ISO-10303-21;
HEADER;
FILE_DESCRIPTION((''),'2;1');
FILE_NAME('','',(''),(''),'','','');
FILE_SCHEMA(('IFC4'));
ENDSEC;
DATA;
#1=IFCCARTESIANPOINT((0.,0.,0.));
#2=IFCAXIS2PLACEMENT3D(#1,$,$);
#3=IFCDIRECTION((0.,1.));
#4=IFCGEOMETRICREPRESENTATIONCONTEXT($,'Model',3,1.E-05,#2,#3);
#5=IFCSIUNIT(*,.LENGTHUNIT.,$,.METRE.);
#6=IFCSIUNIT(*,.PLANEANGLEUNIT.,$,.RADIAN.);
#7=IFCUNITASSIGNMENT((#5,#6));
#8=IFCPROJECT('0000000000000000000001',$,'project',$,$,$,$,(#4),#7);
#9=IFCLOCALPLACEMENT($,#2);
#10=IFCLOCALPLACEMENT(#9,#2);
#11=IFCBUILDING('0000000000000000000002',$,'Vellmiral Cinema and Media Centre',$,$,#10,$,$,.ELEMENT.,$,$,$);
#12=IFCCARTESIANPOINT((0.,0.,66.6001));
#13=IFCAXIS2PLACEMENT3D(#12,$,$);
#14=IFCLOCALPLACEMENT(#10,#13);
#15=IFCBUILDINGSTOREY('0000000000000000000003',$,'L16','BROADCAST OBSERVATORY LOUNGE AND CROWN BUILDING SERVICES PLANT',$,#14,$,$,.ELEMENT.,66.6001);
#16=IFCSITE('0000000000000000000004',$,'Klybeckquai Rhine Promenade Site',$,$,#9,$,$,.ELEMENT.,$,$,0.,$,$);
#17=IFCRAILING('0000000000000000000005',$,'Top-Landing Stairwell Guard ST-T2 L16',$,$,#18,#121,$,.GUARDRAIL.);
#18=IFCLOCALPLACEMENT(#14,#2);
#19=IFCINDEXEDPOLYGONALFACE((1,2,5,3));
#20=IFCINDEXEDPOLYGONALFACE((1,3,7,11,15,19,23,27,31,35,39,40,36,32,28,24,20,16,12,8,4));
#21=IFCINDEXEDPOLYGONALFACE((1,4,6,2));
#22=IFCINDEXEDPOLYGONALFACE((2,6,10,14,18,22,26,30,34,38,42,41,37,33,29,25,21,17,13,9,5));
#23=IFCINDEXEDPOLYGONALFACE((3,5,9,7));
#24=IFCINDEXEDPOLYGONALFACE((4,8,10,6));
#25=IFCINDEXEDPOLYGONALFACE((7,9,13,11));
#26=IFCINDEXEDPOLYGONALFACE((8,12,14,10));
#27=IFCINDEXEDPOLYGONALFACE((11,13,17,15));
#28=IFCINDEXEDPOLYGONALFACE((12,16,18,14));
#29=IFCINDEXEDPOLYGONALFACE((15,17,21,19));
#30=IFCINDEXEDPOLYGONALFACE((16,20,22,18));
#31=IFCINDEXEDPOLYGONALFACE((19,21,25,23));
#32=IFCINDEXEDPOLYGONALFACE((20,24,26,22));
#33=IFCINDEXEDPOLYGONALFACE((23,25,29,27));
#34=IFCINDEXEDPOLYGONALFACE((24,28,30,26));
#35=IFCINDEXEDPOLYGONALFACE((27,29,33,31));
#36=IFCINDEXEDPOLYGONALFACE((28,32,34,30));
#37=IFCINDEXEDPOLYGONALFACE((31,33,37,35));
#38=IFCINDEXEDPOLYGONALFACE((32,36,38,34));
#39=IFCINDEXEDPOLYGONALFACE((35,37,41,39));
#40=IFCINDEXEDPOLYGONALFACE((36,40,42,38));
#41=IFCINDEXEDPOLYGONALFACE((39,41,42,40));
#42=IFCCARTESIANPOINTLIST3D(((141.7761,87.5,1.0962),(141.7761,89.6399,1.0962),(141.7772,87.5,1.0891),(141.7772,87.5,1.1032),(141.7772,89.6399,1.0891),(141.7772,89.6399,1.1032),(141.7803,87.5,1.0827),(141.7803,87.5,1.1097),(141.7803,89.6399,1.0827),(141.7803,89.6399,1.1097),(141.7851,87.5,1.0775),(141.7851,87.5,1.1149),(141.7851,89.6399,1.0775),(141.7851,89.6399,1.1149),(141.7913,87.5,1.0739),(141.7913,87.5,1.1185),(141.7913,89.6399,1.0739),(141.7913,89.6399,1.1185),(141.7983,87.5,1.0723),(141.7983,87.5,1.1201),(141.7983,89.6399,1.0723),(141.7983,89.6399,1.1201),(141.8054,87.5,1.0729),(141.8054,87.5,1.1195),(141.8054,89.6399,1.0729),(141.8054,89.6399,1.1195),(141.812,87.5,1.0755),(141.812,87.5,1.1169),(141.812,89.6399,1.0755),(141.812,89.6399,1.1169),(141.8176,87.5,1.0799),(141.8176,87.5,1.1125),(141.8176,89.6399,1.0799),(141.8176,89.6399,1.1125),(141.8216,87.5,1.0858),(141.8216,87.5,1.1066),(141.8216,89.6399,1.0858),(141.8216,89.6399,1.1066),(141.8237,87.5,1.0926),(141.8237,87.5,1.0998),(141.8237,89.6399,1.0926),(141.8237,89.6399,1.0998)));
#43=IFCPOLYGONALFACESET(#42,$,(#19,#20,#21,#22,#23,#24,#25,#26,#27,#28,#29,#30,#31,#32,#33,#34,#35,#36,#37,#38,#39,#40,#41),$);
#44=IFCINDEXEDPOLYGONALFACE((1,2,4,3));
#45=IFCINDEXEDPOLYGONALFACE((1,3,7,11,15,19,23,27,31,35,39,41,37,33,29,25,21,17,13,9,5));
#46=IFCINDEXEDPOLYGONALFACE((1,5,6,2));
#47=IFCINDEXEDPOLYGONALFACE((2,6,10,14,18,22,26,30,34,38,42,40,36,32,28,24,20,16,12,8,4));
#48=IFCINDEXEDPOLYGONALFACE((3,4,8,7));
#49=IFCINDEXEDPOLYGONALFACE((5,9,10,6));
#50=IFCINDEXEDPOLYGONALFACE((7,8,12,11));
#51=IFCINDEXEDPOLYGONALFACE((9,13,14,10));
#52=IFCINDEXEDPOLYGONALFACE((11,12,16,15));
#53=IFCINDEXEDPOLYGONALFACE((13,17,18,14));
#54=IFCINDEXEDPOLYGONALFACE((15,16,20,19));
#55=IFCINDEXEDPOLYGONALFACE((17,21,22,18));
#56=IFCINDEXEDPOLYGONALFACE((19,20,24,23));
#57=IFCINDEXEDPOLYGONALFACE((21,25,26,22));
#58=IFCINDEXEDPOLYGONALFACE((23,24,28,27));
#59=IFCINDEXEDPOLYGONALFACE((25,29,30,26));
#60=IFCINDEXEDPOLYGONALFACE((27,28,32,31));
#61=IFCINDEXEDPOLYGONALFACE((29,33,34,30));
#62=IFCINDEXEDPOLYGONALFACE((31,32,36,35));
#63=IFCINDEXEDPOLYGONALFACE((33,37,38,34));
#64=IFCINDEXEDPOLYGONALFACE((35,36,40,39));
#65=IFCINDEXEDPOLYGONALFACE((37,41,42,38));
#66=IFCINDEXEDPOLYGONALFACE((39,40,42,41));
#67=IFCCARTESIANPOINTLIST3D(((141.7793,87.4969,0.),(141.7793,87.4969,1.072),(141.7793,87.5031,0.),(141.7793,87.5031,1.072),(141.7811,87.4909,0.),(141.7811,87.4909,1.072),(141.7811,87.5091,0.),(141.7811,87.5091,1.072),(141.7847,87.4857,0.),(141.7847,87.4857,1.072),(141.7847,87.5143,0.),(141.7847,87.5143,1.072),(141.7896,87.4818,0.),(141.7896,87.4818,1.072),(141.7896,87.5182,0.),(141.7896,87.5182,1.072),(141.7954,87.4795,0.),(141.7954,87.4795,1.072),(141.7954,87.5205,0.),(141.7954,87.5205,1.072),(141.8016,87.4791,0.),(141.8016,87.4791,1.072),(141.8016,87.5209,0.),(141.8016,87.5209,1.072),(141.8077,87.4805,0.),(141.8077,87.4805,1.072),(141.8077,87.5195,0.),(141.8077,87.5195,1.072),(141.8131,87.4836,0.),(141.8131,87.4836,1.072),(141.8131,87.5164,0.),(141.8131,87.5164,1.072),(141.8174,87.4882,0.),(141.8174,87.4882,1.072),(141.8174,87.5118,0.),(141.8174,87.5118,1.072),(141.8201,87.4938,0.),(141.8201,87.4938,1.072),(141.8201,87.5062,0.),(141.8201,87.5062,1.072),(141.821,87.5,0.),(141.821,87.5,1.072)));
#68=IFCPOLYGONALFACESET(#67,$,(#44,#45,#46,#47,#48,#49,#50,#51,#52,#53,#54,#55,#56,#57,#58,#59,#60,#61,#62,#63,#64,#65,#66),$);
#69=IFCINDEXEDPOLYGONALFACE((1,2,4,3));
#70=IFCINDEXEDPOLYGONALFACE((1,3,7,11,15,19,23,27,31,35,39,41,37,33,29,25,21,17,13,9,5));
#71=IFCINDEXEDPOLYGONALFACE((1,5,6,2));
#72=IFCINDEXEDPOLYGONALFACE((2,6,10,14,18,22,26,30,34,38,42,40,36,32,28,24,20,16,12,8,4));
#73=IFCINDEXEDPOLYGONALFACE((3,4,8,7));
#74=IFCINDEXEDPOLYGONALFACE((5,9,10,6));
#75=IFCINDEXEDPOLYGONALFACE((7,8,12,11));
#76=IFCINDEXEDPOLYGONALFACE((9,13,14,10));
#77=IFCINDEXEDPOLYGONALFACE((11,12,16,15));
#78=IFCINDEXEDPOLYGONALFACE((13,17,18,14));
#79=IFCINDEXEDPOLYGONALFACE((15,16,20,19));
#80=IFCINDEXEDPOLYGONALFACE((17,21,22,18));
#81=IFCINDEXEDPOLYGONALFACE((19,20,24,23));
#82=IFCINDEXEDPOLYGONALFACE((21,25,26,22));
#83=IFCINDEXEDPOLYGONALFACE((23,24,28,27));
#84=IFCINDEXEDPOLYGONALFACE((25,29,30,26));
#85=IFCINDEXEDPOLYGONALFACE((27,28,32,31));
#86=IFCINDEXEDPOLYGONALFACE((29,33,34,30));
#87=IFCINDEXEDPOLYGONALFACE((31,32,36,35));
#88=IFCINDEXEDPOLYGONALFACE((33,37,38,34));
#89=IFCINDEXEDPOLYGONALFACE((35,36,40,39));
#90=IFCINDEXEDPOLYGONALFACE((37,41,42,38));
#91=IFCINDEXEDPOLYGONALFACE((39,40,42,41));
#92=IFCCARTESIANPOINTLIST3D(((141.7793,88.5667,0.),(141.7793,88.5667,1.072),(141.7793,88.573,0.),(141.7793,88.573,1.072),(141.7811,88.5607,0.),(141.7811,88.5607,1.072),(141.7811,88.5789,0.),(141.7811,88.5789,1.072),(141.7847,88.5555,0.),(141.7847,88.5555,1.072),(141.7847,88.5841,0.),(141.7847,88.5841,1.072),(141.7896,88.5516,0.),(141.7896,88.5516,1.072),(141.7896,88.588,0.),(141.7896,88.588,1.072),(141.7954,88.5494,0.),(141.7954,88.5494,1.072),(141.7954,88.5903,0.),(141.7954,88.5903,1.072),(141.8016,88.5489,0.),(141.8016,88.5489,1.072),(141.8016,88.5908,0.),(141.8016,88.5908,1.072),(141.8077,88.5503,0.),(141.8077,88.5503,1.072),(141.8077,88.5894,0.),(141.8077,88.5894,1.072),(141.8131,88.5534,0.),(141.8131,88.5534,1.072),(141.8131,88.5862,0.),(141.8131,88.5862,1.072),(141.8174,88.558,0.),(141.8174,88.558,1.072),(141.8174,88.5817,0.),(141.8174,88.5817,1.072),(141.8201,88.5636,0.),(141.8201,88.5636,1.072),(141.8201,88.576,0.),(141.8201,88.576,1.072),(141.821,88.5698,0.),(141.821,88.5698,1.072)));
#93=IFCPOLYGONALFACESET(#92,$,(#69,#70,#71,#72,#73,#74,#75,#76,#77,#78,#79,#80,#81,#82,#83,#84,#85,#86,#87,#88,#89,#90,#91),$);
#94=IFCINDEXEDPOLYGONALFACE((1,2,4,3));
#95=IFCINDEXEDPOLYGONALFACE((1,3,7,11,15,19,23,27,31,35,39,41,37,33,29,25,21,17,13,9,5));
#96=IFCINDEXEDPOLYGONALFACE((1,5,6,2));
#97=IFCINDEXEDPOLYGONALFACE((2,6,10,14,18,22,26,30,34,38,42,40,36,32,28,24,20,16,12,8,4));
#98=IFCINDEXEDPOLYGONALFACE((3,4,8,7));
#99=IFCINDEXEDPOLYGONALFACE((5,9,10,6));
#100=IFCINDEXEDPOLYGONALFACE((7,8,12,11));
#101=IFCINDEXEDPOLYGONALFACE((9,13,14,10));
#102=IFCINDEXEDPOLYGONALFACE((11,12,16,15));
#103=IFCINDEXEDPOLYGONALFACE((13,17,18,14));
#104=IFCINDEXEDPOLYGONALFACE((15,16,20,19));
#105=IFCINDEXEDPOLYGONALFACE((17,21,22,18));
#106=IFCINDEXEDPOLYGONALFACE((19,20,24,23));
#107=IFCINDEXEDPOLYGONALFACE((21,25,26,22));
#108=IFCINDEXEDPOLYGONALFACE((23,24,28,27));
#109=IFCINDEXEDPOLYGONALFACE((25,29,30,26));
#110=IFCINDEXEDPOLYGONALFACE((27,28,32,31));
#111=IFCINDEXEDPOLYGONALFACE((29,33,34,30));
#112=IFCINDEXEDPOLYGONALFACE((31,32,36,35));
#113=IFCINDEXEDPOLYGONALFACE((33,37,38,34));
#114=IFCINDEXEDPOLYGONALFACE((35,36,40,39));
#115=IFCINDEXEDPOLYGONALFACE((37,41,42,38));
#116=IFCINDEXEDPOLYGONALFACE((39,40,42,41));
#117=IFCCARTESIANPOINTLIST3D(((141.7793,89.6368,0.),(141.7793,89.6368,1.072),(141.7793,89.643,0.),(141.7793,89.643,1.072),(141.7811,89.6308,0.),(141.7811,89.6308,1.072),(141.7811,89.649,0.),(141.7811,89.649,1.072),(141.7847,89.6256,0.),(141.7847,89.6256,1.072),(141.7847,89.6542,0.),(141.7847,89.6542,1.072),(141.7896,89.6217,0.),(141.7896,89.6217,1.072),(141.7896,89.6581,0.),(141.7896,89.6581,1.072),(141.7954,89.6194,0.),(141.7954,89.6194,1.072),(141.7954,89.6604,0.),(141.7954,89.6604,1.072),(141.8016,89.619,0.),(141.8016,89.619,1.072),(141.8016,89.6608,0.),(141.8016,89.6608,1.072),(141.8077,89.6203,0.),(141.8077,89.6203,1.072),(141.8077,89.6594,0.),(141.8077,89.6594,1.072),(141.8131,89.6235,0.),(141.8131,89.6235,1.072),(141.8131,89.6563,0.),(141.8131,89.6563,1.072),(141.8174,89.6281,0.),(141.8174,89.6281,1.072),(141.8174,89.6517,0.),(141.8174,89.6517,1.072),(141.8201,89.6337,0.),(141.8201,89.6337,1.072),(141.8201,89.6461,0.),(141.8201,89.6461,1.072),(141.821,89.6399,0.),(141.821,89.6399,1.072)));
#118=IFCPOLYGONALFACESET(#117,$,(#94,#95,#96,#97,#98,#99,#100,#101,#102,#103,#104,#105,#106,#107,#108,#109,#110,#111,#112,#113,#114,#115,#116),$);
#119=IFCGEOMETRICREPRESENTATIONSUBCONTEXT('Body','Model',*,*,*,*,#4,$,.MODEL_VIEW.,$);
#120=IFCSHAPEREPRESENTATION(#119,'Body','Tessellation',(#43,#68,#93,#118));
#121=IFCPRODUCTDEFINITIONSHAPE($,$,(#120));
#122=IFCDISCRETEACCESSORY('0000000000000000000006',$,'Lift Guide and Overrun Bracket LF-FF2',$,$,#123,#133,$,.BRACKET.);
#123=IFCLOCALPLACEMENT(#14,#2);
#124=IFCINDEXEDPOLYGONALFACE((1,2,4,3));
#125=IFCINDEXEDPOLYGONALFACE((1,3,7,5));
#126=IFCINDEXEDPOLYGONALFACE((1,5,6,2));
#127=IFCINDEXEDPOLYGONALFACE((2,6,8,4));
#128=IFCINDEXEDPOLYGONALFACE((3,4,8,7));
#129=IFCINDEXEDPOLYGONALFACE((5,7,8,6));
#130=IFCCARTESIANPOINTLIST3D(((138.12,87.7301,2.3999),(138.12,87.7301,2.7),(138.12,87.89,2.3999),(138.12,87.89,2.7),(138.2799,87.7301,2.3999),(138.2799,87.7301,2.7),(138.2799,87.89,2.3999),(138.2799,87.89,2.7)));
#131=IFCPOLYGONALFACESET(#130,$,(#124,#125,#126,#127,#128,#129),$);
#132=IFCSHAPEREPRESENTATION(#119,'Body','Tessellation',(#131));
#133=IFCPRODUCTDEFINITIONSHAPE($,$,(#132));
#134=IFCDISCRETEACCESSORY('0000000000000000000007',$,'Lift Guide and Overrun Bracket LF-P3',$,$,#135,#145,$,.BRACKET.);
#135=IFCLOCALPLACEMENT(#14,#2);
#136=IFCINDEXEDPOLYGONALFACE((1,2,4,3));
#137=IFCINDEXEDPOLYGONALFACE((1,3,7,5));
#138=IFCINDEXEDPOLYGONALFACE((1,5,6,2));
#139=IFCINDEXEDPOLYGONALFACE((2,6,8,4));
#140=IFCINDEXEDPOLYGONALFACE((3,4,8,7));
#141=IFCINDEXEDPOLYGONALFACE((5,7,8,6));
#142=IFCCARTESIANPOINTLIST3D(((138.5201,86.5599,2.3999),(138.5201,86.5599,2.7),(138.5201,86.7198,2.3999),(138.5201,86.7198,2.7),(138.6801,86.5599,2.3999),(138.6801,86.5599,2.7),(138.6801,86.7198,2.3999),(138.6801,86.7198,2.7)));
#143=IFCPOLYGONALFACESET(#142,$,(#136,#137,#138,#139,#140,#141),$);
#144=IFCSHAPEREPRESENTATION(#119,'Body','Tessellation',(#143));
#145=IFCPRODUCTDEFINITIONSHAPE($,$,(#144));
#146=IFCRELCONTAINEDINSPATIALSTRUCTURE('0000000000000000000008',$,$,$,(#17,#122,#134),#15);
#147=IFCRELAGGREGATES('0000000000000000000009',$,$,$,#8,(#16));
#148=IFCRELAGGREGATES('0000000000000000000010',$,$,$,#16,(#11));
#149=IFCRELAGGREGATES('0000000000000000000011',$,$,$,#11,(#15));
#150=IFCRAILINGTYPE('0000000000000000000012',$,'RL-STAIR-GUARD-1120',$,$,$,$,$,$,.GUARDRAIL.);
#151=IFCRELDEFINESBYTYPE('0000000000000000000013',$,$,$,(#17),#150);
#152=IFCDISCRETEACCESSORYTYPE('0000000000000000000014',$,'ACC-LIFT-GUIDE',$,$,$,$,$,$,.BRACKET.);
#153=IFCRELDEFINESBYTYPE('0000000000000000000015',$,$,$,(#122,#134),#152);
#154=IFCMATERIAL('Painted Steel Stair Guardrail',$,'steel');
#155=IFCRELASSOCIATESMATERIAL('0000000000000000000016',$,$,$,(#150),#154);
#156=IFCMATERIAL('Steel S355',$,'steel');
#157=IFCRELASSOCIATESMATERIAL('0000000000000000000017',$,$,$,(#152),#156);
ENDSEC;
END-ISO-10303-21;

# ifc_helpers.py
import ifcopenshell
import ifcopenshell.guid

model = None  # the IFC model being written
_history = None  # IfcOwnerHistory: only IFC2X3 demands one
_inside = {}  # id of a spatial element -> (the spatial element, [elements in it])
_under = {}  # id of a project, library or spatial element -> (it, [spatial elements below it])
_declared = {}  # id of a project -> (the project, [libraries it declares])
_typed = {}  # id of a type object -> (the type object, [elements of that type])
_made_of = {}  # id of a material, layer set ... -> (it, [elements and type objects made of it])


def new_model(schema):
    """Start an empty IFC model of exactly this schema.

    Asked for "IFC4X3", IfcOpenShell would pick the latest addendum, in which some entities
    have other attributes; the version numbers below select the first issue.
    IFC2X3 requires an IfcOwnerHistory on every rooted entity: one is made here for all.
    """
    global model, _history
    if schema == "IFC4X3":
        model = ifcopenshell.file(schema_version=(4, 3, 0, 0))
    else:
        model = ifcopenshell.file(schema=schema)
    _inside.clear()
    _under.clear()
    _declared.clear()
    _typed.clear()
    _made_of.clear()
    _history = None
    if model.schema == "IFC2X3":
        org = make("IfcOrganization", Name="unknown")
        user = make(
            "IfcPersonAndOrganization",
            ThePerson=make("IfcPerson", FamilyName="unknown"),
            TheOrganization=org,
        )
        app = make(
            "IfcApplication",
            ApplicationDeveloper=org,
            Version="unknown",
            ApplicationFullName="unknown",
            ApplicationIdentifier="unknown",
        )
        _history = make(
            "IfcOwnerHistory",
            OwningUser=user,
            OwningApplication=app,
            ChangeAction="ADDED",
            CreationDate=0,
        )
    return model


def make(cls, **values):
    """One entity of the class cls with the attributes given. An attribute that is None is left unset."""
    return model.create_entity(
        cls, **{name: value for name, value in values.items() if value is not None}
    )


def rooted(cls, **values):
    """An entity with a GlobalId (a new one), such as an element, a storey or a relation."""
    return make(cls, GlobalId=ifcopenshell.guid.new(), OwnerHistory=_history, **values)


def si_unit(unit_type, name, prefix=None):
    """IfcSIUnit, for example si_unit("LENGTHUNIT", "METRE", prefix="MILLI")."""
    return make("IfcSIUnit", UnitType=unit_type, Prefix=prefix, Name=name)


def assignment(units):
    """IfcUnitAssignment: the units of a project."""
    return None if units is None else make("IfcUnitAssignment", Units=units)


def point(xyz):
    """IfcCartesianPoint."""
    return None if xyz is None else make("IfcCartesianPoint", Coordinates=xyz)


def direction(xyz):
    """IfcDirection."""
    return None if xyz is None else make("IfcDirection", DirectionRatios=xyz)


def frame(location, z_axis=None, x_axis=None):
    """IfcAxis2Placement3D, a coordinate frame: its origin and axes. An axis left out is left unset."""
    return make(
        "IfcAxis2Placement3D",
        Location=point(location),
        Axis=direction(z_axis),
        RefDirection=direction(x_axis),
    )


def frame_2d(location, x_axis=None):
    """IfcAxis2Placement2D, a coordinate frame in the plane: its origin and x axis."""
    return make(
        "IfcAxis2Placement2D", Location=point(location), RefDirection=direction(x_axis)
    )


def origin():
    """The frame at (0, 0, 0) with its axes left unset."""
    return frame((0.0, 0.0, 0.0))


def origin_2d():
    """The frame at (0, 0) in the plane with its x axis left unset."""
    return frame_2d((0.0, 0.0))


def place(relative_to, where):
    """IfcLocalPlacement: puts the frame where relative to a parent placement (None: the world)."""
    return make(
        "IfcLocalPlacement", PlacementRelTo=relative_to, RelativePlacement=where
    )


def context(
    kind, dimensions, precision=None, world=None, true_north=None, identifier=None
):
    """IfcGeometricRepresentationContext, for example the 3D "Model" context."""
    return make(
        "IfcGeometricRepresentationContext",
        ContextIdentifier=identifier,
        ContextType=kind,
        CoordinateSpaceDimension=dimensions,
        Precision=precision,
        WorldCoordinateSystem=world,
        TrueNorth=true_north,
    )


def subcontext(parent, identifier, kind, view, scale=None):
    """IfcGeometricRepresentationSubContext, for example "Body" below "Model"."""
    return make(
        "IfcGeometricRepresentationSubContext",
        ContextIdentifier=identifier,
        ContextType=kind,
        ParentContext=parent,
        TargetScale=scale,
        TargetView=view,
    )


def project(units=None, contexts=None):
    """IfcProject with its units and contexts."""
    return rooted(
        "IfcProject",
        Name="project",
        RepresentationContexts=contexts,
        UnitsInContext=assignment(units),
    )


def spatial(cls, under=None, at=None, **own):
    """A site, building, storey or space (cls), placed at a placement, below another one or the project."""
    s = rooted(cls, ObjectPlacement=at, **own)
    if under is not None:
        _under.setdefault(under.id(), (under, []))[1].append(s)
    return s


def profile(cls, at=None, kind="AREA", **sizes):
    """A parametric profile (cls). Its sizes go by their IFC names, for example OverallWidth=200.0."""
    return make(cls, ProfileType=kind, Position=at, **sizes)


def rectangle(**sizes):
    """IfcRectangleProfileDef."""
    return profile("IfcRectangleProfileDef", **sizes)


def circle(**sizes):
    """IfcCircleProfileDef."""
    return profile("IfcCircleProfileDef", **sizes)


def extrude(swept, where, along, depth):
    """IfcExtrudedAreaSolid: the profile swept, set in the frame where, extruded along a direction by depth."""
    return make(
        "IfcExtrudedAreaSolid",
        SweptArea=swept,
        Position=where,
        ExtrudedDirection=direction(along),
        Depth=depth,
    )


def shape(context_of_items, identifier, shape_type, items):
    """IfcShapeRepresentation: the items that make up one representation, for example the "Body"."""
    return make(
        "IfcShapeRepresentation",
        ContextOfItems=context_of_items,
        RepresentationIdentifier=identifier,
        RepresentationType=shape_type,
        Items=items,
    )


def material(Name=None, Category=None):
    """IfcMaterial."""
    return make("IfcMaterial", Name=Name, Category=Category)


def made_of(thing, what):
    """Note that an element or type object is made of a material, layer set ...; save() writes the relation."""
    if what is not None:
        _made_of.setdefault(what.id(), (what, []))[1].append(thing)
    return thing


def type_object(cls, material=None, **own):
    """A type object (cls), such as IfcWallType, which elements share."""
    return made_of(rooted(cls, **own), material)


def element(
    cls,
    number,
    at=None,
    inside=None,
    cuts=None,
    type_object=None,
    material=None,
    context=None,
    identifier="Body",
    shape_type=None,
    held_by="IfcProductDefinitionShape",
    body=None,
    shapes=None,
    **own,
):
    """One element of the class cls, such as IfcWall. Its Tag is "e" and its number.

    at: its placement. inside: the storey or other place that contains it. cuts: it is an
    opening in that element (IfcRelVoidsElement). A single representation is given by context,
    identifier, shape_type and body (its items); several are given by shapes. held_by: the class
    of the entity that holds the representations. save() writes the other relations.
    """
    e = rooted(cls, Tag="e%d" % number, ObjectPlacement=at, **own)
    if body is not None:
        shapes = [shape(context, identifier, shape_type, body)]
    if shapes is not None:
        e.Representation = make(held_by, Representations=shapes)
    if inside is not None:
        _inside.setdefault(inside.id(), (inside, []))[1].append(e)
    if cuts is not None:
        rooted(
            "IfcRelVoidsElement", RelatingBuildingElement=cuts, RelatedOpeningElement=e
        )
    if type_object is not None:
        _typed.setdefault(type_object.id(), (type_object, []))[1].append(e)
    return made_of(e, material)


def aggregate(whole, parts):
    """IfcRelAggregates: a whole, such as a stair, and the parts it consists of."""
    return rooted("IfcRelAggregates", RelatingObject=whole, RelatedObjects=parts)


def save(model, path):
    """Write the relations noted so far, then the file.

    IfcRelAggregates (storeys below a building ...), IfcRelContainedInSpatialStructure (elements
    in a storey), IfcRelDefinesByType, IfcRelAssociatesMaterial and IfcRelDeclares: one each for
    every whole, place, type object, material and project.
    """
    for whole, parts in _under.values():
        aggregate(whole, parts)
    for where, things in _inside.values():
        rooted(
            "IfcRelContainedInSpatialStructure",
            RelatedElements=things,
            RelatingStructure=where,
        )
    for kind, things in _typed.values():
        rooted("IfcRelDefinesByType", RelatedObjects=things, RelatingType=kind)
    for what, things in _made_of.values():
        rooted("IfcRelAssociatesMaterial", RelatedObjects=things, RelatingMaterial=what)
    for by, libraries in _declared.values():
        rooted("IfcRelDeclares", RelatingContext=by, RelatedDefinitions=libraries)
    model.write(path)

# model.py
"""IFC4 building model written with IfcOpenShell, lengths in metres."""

from ifc_helpers import new_model, si_unit, direction, frame, origin, origin_2d, place, context, subcontext, project, spatial, rectangle, circle, extrude, material, type_object, element, save


model = new_model("IFC4")

# Units and contexts
model_context = context("Model", 3, precision=1e-05, world=origin(), true_north=direction((0.0, 1.0)))
body_context = subcontext(model_context, "Body", "Model", "MODEL_VIEW")
ifc_project = project(units=[si_unit("LENGTHUNIT", "METRE"), si_unit("PLANEANGLEUNIT", "RADIAN")], contexts=[model_context])

# Site, building, storey
site_placement = place(None, origin())
site = spatial("IfcSite", under=ifc_project, at=site_placement, Name="Klybeckquai Rhine Promenade Site", CompositionType="ELEMENT", RefElevation=0.0)
building_placement = place(site_placement, origin())
building = spatial("IfcBuilding", under=site, at=building_placement, Name="Vellmiral Cinema and Media Centre", CompositionType="ELEMENT")
storey_placement = place(building_placement, frame((0.0, 0.0, 66.6001)))
storey = spatial("IfcBuildingStorey", under=building, at=storey_placement, Name="L16", Description="BROADCAST OBSERVATORY LOUNGE AND CROWN BUILDING SERVICES PLANT", CompositionType="ELEMENT", Elevation=66.6001)

# Railing
ifc_material_1 = material(Name="Painted Steel Stair Guardrail", Category="steel")
railing_type = type_object("IfcRailingType", Name="RL-STAIR-GUARD-1120", PredefinedType="GUARDRAIL", material=ifc_material_1)
railing_placement = place(storey_placement, frame((141.8, 87.5, 0.0)))
element("IfcRailing", 1, at=railing_placement, inside=storey, type_object=railing_type, Name="Top-Landing Stairwell Guard ST-T2 L16", PredefinedType="GUARDRAIL", context=body_context, shape_type="SweptSolid", body=[
    extrude(circle(Radius=0.0239, at=origin_2d()), frame((0.0, 0.0, 1.0962), z_axis=(0.0, 1.0, 0.0), x_axis=(-1.0, 0.0, 0.0)), (0.0, 0.0, 1.0), 2.1399),
    extrude(circle(Radius=0.021, at=origin_2d()), origin(), (0.0, 0.0, 1.0), 1.072),
    extrude(circle(Radius=0.021, at=origin_2d()), frame((0.0, 1.0698, 0.0)), (0.0, 0.0, 1.0), 1.072),
    extrude(circle(Radius=0.021, at=origin_2d()), frame((0.0, 2.1399, 0.0)), (0.0, 0.0, 1.0), 1.072),
])

# Discrete accessories
ifc_material_2 = material(Name="Steel S355", Category="steel")
discrete_accessory_type = type_object("IfcDiscreteAccessoryType", Name="ACC-LIFT-GUIDE", PredefinedType="BRACKET", material=ifc_material_2)
for number, where, z_axis, x_axis, name in (
    (2, (138.2, 87.8101, 2.3999), (0.0, 0.0, 1.0), (1.0, 0.0, 0.0), "Lift Guide and Overrun Bracket LF-FF2"),
    (3, (138.6001, 86.6399, 2.3999), (0.0, 0.0, 1.0), (1.0, 0.0, 0.0), "Lift Guide and Overrun Bracket LF-P3"),
):
    element("IfcDiscreteAccessory", number, at=place(storey_placement, frame(where, z_axis=z_axis, x_axis=x_axis)), inside=storey, type_object=discrete_accessory_type, Name=name, PredefinedType="BRACKET", context=body_context, shape_type="SweptSolid", body=[
        extrude(rectangle(XDim=0.1599, YDim=0.1599, at=origin_2d()), origin(), (0.0, 0.0, 1.0), 0.3),
    ])

save(model, "model.ifc")
